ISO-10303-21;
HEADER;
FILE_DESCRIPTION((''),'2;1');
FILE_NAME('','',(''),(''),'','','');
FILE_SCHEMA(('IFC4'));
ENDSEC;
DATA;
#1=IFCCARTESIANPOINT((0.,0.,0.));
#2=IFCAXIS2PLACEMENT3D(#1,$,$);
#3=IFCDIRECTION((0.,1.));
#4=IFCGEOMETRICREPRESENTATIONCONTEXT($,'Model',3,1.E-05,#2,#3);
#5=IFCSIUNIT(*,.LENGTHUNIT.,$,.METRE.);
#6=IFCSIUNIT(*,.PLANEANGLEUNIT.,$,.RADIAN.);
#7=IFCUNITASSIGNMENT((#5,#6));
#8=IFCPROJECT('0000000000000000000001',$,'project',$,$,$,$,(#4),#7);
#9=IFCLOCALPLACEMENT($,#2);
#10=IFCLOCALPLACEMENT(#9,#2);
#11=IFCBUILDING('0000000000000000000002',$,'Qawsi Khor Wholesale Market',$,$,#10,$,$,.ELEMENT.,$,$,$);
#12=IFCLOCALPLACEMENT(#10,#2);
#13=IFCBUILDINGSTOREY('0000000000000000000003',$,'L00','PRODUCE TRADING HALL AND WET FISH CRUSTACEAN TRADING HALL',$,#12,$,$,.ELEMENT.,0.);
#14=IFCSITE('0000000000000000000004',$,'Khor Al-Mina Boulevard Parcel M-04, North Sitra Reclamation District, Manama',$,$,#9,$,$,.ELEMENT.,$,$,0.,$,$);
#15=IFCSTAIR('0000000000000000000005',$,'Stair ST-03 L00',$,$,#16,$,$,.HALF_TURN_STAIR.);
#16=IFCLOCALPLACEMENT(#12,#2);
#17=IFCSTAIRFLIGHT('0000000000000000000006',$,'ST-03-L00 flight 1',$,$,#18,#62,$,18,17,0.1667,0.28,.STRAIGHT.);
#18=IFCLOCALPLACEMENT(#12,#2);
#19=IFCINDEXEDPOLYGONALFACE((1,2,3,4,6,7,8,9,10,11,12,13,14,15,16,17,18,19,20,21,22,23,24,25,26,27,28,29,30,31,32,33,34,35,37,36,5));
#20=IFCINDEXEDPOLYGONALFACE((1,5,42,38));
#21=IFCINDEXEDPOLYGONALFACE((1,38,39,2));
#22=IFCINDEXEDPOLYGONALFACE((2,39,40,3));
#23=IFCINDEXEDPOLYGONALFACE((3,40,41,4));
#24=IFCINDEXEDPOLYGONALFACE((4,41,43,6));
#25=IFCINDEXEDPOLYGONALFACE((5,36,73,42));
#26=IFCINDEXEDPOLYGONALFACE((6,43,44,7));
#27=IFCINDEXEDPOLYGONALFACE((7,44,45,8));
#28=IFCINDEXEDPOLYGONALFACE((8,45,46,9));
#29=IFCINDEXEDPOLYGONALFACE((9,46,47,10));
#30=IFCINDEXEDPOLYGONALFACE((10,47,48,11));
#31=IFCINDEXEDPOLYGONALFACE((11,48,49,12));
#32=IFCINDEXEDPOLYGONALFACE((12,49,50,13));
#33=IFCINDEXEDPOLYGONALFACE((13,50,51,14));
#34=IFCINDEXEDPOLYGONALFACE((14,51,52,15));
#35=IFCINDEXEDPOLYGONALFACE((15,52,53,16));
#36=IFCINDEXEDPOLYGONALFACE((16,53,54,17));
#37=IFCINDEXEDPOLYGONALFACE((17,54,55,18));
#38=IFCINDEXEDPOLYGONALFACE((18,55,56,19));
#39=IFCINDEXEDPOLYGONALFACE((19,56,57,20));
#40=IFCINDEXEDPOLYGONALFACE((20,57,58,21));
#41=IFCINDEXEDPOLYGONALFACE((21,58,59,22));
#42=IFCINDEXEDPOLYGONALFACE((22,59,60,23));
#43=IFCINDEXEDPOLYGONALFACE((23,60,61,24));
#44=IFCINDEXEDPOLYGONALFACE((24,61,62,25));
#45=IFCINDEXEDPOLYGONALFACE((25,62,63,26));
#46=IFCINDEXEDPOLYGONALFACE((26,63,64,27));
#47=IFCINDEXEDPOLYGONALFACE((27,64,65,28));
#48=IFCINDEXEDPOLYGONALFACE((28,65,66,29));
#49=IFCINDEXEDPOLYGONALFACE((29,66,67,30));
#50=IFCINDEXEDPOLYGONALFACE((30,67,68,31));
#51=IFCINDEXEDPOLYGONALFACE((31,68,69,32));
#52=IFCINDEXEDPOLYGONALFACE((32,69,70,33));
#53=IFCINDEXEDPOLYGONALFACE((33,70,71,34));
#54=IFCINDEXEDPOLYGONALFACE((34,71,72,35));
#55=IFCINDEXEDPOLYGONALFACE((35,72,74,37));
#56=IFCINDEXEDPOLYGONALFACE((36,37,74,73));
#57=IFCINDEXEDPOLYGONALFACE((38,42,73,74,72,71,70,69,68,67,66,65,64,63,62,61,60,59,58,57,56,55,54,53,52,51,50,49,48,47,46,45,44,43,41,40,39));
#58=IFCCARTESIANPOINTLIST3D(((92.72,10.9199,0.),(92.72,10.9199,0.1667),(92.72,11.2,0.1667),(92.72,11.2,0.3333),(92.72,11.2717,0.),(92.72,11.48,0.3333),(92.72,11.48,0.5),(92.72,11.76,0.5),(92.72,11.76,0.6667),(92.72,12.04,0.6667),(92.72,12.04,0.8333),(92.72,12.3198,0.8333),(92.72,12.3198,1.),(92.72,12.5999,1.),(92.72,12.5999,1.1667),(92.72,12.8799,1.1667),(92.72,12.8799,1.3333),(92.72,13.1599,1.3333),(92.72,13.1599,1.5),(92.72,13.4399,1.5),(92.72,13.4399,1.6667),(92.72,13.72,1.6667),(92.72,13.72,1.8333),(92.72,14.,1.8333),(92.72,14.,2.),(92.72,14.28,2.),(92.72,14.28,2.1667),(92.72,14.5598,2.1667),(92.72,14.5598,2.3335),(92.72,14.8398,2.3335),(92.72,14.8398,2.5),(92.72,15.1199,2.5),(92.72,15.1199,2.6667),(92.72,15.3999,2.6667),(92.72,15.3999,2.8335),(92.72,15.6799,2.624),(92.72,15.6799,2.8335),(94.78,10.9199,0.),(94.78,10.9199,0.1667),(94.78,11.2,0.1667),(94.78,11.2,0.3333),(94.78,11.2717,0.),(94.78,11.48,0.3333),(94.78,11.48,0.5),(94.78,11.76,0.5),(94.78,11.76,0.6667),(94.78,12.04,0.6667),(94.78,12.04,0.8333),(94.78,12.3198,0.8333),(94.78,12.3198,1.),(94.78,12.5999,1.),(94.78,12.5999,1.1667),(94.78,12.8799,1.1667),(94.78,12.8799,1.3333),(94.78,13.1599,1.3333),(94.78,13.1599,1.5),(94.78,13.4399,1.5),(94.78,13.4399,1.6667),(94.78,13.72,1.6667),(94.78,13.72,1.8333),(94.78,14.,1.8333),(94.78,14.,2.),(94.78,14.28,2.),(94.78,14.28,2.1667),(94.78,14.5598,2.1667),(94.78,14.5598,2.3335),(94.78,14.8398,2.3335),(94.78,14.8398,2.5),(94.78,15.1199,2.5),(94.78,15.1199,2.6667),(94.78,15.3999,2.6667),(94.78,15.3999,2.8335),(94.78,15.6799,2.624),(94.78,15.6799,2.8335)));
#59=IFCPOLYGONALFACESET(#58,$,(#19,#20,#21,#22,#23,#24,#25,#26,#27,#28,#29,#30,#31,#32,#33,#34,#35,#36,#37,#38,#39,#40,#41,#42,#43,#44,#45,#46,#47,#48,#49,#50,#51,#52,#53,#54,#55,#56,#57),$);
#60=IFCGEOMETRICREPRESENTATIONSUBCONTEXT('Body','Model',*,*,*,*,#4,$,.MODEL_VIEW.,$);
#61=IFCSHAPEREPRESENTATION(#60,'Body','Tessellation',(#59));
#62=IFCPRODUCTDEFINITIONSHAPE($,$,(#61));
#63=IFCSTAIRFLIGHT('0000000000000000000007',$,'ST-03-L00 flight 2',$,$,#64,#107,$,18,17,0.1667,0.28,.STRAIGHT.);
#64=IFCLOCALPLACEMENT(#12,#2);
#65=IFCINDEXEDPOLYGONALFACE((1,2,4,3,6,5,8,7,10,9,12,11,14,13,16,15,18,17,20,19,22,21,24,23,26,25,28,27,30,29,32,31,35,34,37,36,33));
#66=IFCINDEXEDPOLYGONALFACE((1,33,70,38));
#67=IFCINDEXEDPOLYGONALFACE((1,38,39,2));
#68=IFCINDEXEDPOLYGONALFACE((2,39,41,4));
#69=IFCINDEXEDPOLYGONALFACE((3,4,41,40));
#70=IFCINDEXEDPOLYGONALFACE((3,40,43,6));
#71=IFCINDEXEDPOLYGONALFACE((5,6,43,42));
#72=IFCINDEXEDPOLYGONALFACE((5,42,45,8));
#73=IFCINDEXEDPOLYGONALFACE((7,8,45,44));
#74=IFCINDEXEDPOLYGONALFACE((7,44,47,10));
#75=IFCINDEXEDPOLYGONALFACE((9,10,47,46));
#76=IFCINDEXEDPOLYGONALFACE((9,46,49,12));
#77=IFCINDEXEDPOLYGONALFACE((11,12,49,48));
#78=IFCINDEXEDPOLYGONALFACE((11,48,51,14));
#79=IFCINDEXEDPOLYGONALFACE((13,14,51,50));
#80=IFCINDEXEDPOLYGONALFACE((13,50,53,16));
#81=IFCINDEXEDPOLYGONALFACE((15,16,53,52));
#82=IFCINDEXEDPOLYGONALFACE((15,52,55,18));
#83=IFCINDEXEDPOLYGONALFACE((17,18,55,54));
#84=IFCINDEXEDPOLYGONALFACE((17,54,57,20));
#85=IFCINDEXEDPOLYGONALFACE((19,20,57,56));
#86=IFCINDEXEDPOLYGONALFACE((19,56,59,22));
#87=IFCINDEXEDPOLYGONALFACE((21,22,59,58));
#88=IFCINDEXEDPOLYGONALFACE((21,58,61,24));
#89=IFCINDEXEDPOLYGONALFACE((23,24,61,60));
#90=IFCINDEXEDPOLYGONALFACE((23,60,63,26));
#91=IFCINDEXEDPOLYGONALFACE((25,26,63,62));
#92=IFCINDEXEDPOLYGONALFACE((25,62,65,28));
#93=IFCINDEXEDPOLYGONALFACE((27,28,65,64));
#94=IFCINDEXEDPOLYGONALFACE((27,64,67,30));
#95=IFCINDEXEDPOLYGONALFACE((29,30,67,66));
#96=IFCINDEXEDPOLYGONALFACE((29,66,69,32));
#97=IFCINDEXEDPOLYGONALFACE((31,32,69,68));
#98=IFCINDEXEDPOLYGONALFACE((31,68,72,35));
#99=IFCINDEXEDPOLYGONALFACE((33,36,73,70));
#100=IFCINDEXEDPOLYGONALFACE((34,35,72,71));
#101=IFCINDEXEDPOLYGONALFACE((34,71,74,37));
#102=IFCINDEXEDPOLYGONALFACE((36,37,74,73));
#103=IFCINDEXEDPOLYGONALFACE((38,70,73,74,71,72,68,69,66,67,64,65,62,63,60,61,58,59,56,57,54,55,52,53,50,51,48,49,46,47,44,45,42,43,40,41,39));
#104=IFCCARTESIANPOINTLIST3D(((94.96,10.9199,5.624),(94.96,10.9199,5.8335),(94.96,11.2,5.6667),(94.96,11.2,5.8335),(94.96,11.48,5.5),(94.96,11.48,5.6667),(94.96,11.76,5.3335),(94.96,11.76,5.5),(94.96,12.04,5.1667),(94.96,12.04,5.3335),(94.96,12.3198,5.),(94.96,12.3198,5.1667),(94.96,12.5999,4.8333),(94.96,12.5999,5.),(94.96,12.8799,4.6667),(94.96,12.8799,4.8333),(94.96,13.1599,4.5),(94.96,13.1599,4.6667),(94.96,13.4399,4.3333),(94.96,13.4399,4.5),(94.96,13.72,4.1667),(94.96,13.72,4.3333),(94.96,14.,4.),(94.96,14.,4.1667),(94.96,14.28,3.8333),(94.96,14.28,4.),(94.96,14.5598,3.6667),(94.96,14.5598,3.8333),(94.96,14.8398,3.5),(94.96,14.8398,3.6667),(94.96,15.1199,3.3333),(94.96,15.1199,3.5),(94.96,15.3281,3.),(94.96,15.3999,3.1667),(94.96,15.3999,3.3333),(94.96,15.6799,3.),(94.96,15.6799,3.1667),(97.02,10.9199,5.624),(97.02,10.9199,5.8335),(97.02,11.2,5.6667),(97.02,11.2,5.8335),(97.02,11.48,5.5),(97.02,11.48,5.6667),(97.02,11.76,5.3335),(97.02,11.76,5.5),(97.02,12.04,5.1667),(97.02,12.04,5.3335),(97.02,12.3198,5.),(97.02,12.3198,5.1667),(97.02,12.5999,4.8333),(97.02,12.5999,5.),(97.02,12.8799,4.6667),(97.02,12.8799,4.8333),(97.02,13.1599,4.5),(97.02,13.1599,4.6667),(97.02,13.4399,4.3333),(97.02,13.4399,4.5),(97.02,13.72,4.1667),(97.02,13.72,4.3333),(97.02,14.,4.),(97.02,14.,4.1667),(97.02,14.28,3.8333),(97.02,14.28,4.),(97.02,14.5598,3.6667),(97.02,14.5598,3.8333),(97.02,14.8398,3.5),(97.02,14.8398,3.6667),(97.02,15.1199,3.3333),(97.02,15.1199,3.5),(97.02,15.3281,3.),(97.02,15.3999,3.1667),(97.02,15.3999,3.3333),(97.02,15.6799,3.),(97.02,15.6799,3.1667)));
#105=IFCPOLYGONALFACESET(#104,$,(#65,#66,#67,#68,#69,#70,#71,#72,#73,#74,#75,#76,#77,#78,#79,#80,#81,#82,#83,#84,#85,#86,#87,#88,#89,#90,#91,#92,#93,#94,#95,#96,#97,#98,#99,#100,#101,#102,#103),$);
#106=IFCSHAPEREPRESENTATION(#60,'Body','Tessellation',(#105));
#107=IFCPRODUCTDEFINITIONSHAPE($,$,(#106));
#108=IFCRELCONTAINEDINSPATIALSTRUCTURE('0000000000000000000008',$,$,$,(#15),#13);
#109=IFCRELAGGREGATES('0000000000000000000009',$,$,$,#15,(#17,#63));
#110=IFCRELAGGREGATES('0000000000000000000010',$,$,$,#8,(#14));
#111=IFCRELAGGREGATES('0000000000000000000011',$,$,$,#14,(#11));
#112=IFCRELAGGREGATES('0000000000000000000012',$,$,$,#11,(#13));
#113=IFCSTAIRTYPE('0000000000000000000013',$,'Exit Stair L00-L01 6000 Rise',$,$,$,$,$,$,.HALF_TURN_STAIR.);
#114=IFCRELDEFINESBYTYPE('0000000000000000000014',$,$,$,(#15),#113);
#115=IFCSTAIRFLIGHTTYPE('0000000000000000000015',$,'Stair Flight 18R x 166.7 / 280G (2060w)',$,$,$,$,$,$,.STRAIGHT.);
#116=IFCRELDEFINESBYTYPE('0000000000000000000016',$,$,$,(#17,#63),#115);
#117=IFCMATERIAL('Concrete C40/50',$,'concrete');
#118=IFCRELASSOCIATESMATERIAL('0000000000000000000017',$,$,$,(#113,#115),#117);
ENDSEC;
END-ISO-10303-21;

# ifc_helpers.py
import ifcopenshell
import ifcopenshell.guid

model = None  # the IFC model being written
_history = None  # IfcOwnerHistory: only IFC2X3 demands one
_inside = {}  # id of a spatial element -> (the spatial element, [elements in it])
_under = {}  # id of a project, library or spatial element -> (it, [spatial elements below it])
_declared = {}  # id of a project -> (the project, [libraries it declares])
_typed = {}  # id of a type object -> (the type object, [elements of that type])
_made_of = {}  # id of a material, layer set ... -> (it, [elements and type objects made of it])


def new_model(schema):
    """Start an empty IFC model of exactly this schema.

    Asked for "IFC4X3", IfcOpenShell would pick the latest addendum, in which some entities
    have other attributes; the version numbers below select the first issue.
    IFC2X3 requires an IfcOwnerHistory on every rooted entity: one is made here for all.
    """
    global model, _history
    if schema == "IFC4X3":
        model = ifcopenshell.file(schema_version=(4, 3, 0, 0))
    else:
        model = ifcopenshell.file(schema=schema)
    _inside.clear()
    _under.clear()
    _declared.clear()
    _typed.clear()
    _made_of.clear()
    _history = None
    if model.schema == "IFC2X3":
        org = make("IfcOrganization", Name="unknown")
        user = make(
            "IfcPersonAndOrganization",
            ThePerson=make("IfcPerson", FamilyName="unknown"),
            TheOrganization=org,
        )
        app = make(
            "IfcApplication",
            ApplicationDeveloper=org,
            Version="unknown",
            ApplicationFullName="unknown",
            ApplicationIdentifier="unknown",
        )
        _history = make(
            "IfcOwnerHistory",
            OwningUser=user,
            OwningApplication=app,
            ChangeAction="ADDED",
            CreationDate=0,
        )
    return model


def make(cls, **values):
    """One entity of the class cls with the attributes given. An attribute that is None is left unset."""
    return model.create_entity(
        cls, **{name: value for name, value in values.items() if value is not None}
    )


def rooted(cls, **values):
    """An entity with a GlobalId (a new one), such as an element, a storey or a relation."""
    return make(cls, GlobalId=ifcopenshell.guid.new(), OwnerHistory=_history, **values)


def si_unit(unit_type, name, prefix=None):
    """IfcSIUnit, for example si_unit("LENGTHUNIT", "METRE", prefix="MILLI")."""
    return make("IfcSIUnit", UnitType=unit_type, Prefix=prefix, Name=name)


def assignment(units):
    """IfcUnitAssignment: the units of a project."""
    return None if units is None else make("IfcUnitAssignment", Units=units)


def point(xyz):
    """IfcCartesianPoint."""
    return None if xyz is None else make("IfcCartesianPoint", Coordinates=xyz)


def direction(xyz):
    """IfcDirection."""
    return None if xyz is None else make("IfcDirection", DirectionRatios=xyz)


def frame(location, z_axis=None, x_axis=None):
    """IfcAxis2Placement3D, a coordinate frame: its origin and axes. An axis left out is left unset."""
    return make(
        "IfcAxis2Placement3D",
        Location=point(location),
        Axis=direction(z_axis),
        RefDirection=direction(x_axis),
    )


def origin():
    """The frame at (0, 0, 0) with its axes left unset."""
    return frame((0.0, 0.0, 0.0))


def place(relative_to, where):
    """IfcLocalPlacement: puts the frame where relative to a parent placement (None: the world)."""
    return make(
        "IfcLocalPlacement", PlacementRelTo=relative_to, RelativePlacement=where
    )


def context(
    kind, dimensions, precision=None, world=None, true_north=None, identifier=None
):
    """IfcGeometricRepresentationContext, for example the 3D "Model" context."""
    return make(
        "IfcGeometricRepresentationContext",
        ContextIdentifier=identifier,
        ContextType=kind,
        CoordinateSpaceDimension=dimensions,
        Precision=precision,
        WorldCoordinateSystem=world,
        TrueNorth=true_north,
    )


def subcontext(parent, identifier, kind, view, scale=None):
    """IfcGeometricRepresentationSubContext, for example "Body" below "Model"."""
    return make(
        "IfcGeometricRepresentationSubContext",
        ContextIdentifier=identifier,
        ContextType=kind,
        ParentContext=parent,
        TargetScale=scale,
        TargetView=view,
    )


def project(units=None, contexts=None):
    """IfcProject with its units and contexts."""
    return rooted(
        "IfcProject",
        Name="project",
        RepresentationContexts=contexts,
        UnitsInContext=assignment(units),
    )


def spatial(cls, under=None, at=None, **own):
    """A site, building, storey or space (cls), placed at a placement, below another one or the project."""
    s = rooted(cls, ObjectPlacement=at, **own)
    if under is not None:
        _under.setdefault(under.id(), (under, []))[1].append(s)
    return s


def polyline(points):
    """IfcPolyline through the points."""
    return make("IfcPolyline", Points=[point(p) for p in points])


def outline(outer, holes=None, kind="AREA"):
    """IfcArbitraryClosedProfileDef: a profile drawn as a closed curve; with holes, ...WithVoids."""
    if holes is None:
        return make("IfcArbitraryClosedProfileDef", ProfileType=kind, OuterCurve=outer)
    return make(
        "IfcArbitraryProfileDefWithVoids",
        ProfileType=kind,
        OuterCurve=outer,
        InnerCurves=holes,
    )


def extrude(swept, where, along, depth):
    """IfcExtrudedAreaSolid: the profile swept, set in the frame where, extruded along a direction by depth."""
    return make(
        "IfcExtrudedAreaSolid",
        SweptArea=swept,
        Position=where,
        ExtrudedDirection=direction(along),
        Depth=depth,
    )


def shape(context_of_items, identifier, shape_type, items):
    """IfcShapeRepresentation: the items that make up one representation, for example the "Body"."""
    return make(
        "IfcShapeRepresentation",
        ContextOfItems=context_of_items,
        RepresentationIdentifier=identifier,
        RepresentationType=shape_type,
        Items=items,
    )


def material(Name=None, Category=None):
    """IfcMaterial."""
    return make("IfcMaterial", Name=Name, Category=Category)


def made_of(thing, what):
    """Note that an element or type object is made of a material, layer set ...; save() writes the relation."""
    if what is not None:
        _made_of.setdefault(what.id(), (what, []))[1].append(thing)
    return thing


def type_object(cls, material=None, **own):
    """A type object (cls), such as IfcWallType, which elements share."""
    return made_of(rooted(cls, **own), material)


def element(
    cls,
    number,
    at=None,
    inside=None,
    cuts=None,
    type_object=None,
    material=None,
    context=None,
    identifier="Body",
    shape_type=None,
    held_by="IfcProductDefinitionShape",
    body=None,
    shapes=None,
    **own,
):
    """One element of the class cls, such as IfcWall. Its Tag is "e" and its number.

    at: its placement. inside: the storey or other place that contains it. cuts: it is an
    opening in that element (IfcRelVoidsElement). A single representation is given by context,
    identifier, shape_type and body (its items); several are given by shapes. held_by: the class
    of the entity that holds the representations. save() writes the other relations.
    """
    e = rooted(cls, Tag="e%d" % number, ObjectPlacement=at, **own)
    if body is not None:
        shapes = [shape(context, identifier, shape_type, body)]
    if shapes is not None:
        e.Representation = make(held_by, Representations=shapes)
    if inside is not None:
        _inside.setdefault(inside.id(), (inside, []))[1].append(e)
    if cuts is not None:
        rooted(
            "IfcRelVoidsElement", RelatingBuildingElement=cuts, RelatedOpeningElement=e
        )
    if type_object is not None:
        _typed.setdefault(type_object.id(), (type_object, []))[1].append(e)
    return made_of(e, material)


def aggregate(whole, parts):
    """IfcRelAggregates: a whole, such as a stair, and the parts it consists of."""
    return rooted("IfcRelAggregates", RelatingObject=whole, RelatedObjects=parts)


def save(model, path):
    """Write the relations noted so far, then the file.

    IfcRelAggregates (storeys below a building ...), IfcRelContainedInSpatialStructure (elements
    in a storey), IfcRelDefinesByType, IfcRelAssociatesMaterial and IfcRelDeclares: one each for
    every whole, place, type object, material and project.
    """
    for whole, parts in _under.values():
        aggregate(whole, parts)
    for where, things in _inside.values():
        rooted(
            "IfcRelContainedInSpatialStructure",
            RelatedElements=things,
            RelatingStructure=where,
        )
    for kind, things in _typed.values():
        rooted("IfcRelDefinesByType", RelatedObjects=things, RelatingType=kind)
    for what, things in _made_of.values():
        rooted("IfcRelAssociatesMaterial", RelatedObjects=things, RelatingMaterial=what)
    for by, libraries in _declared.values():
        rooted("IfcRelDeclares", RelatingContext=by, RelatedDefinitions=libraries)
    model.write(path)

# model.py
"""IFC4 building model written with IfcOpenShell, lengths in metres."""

from ifc_helpers import new_model, si_unit, direction, frame, origin, place, context, subcontext, project, spatial, polyline, outline, extrude, material, type_object, element, aggregate, save


model = new_model("IFC4")

# Units and contexts
model_context = context("Model", 3, precision=1e-05, world=origin(), true_north=direction((0.0, 1.0)))
body_context = subcontext(model_context, "Body", "Model", "MODEL_VIEW")
ifc_project = project(units=[si_unit("LENGTHUNIT", "METRE"), si_unit("PLANEANGLEUNIT", "RADIAN")], contexts=[model_context])

# Site, building, storey
site_placement = place(None, origin())
site = spatial("IfcSite", under=ifc_project, at=site_placement, Name="Khor Al-Mina Boulevard Parcel M-04, North Sitra Reclamation District, Manama", CompositionType="ELEMENT", RefElevation=0.0)
building_placement = place(site_placement, origin())
building = spatial("IfcBuilding", under=site, at=building_placement, Name="Qawsi Khor Wholesale Market", CompositionType="ELEMENT")
storey_placement = place(building_placement, origin())
storey = spatial("IfcBuildingStorey", under=building, at=storey_placement, Name="L00", Description="PRODUCE TRADING HALL AND WET FISH CRUSTACEAN TRADING HALL", CompositionType="ELEMENT", Elevation=0.0)

# Shared definitions
ifc_material_1 = material(Name="Concrete C40/50", Category="concrete")

# Stair, stair flights
stair_type = type_object("IfcStairType", Name="Exit Stair L00-L01 6000 Rise", PredefinedType="HALF_TURN_STAIR", material=ifc_material_1)
stair_placement = place(storey_placement, origin())
stair = element("IfcStair", 1, at=stair_placement, inside=storey, type_object=stair_type, Name="Stair ST-03 L00", PredefinedType="HALF_TURN_STAIR")
stair_flight_type = type_object("IfcStairFlightType", Name="Stair Flight 18R x 166.7 / 280G (2060w)", PredefinedType="STRAIGHT", material=ifc_material_1)
stair_flight_1_placement = place(storey_placement, frame((93.75, 10.9199, 0.0), z_axis=(0.0, 0.0, 1.0), x_axis=(0.0, 1.0, 0.0)))
stair_flight_1 = element("IfcStairFlight", 2, at=stair_flight_1_placement, type_object=stair_flight_type, Name="ST-03-L00 flight 1", NumberOfRisers=18, NumberOfTreads=17, PredefinedType="STRAIGHT", RiserHeight=0.1667, TreadLength=0.28, context=body_context, shape_type="SweptSolid", body=[
    extrude(outline(polyline([(0.0, 0.0), (0.0, 0.1667), (0.28, 0.1667), (0.28, 0.3333), (0.5601, 0.3333), (0.5601, 0.5), (0.8401, 0.5), (0.8401, 0.6667), (1.1201, 0.6667), (1.1201, 0.8333), (1.3999, 0.8333), (1.3999, 1.0), (1.6799, 1.0), (1.6799, 1.1667), (1.96, 1.1667), (1.96, 1.3333), (2.24, 1.3333), (2.24, 1.5), (2.52, 1.5), (2.52, 1.6667), (2.8, 1.6667), (2.8, 1.8333), (3.0801, 1.8333), (3.0801, 2.0), (3.3601, 2.0), (3.3601, 2.1667), (3.6399, 2.1667), (3.6399, 2.3335), (3.9199, 2.3335), (3.9199, 2.5), (4.2, 2.5), (4.2, 2.6667), (4.48, 2.6667), (4.48, 2.8335), (4.76, 2.8335), (4.76, 3.0), (4.76, 2.624), (0.3518, 0.0), (0.0, 0.0)])), frame((0.0, 1.03, 0.0), z_axis=(0.0, -1.0, 0.0), x_axis=(1.0, 0.0, 0.0)), (0.0, 0.0, 1.0), 2.0601),
])
stair_flight_2_placement = place(storey_placement, frame((95.99, 15.6799, 3.0), z_axis=(0.0, 0.0, 1.0), x_axis=(0.0, -1.0, 0.0)))
stair_flight_2 = element("IfcStairFlight", 3, at=stair_flight_2_placement, type_object=stair_flight_type, Name="ST-03-L00 flight 2", NumberOfRisers=18, NumberOfTreads=17, PredefinedType="STRAIGHT", RiserHeight=0.1667, TreadLength=0.28, context=body_context, shape_type="SweptSolid", body=[
    extrude(outline(polyline([(0.0, 0.0), (0.0, 0.1667), (0.28, 0.1667), (0.28, 0.3333), (0.5601, 0.3333), (0.5601, 0.5), (0.8401, 0.5), (0.8401, 0.6667), (1.1201, 0.6667), (1.1201, 0.8333), (1.3999, 0.8333), (1.3999, 1.0), (1.6799, 1.0), (1.6799, 1.1667), (1.96, 1.1667), (1.96, 1.3333), (2.24, 1.3333), (2.24, 1.5), (2.52, 1.5), (2.52, 1.6667), (2.8, 1.6667), (2.8, 1.8333), (3.0801, 1.8333), (3.0801, 2.0), (3.3601, 2.0), (3.3601, 2.1667), (3.6399, 2.1667), (3.6399, 2.3335), (3.9199, 2.3335), (3.9199, 2.5), (4.2, 2.5), (4.2, 2.6667), (4.48, 2.6667), (4.48, 2.8335), (4.76, 2.8335), (4.76, 3.0), (4.76, 2.624), (0.3518, 0.0), (0.0, 0.0)])), frame((0.0, 1.03, 0.0), z_axis=(0.0, -1.0, 0.0), x_axis=(1.0, 0.0, 0.0)), (0.0, 0.0, 1.0), 2.0601),
])
aggregate(stair, [stair_flight_1, stair_flight_2])

save(model, "model.ifc")
